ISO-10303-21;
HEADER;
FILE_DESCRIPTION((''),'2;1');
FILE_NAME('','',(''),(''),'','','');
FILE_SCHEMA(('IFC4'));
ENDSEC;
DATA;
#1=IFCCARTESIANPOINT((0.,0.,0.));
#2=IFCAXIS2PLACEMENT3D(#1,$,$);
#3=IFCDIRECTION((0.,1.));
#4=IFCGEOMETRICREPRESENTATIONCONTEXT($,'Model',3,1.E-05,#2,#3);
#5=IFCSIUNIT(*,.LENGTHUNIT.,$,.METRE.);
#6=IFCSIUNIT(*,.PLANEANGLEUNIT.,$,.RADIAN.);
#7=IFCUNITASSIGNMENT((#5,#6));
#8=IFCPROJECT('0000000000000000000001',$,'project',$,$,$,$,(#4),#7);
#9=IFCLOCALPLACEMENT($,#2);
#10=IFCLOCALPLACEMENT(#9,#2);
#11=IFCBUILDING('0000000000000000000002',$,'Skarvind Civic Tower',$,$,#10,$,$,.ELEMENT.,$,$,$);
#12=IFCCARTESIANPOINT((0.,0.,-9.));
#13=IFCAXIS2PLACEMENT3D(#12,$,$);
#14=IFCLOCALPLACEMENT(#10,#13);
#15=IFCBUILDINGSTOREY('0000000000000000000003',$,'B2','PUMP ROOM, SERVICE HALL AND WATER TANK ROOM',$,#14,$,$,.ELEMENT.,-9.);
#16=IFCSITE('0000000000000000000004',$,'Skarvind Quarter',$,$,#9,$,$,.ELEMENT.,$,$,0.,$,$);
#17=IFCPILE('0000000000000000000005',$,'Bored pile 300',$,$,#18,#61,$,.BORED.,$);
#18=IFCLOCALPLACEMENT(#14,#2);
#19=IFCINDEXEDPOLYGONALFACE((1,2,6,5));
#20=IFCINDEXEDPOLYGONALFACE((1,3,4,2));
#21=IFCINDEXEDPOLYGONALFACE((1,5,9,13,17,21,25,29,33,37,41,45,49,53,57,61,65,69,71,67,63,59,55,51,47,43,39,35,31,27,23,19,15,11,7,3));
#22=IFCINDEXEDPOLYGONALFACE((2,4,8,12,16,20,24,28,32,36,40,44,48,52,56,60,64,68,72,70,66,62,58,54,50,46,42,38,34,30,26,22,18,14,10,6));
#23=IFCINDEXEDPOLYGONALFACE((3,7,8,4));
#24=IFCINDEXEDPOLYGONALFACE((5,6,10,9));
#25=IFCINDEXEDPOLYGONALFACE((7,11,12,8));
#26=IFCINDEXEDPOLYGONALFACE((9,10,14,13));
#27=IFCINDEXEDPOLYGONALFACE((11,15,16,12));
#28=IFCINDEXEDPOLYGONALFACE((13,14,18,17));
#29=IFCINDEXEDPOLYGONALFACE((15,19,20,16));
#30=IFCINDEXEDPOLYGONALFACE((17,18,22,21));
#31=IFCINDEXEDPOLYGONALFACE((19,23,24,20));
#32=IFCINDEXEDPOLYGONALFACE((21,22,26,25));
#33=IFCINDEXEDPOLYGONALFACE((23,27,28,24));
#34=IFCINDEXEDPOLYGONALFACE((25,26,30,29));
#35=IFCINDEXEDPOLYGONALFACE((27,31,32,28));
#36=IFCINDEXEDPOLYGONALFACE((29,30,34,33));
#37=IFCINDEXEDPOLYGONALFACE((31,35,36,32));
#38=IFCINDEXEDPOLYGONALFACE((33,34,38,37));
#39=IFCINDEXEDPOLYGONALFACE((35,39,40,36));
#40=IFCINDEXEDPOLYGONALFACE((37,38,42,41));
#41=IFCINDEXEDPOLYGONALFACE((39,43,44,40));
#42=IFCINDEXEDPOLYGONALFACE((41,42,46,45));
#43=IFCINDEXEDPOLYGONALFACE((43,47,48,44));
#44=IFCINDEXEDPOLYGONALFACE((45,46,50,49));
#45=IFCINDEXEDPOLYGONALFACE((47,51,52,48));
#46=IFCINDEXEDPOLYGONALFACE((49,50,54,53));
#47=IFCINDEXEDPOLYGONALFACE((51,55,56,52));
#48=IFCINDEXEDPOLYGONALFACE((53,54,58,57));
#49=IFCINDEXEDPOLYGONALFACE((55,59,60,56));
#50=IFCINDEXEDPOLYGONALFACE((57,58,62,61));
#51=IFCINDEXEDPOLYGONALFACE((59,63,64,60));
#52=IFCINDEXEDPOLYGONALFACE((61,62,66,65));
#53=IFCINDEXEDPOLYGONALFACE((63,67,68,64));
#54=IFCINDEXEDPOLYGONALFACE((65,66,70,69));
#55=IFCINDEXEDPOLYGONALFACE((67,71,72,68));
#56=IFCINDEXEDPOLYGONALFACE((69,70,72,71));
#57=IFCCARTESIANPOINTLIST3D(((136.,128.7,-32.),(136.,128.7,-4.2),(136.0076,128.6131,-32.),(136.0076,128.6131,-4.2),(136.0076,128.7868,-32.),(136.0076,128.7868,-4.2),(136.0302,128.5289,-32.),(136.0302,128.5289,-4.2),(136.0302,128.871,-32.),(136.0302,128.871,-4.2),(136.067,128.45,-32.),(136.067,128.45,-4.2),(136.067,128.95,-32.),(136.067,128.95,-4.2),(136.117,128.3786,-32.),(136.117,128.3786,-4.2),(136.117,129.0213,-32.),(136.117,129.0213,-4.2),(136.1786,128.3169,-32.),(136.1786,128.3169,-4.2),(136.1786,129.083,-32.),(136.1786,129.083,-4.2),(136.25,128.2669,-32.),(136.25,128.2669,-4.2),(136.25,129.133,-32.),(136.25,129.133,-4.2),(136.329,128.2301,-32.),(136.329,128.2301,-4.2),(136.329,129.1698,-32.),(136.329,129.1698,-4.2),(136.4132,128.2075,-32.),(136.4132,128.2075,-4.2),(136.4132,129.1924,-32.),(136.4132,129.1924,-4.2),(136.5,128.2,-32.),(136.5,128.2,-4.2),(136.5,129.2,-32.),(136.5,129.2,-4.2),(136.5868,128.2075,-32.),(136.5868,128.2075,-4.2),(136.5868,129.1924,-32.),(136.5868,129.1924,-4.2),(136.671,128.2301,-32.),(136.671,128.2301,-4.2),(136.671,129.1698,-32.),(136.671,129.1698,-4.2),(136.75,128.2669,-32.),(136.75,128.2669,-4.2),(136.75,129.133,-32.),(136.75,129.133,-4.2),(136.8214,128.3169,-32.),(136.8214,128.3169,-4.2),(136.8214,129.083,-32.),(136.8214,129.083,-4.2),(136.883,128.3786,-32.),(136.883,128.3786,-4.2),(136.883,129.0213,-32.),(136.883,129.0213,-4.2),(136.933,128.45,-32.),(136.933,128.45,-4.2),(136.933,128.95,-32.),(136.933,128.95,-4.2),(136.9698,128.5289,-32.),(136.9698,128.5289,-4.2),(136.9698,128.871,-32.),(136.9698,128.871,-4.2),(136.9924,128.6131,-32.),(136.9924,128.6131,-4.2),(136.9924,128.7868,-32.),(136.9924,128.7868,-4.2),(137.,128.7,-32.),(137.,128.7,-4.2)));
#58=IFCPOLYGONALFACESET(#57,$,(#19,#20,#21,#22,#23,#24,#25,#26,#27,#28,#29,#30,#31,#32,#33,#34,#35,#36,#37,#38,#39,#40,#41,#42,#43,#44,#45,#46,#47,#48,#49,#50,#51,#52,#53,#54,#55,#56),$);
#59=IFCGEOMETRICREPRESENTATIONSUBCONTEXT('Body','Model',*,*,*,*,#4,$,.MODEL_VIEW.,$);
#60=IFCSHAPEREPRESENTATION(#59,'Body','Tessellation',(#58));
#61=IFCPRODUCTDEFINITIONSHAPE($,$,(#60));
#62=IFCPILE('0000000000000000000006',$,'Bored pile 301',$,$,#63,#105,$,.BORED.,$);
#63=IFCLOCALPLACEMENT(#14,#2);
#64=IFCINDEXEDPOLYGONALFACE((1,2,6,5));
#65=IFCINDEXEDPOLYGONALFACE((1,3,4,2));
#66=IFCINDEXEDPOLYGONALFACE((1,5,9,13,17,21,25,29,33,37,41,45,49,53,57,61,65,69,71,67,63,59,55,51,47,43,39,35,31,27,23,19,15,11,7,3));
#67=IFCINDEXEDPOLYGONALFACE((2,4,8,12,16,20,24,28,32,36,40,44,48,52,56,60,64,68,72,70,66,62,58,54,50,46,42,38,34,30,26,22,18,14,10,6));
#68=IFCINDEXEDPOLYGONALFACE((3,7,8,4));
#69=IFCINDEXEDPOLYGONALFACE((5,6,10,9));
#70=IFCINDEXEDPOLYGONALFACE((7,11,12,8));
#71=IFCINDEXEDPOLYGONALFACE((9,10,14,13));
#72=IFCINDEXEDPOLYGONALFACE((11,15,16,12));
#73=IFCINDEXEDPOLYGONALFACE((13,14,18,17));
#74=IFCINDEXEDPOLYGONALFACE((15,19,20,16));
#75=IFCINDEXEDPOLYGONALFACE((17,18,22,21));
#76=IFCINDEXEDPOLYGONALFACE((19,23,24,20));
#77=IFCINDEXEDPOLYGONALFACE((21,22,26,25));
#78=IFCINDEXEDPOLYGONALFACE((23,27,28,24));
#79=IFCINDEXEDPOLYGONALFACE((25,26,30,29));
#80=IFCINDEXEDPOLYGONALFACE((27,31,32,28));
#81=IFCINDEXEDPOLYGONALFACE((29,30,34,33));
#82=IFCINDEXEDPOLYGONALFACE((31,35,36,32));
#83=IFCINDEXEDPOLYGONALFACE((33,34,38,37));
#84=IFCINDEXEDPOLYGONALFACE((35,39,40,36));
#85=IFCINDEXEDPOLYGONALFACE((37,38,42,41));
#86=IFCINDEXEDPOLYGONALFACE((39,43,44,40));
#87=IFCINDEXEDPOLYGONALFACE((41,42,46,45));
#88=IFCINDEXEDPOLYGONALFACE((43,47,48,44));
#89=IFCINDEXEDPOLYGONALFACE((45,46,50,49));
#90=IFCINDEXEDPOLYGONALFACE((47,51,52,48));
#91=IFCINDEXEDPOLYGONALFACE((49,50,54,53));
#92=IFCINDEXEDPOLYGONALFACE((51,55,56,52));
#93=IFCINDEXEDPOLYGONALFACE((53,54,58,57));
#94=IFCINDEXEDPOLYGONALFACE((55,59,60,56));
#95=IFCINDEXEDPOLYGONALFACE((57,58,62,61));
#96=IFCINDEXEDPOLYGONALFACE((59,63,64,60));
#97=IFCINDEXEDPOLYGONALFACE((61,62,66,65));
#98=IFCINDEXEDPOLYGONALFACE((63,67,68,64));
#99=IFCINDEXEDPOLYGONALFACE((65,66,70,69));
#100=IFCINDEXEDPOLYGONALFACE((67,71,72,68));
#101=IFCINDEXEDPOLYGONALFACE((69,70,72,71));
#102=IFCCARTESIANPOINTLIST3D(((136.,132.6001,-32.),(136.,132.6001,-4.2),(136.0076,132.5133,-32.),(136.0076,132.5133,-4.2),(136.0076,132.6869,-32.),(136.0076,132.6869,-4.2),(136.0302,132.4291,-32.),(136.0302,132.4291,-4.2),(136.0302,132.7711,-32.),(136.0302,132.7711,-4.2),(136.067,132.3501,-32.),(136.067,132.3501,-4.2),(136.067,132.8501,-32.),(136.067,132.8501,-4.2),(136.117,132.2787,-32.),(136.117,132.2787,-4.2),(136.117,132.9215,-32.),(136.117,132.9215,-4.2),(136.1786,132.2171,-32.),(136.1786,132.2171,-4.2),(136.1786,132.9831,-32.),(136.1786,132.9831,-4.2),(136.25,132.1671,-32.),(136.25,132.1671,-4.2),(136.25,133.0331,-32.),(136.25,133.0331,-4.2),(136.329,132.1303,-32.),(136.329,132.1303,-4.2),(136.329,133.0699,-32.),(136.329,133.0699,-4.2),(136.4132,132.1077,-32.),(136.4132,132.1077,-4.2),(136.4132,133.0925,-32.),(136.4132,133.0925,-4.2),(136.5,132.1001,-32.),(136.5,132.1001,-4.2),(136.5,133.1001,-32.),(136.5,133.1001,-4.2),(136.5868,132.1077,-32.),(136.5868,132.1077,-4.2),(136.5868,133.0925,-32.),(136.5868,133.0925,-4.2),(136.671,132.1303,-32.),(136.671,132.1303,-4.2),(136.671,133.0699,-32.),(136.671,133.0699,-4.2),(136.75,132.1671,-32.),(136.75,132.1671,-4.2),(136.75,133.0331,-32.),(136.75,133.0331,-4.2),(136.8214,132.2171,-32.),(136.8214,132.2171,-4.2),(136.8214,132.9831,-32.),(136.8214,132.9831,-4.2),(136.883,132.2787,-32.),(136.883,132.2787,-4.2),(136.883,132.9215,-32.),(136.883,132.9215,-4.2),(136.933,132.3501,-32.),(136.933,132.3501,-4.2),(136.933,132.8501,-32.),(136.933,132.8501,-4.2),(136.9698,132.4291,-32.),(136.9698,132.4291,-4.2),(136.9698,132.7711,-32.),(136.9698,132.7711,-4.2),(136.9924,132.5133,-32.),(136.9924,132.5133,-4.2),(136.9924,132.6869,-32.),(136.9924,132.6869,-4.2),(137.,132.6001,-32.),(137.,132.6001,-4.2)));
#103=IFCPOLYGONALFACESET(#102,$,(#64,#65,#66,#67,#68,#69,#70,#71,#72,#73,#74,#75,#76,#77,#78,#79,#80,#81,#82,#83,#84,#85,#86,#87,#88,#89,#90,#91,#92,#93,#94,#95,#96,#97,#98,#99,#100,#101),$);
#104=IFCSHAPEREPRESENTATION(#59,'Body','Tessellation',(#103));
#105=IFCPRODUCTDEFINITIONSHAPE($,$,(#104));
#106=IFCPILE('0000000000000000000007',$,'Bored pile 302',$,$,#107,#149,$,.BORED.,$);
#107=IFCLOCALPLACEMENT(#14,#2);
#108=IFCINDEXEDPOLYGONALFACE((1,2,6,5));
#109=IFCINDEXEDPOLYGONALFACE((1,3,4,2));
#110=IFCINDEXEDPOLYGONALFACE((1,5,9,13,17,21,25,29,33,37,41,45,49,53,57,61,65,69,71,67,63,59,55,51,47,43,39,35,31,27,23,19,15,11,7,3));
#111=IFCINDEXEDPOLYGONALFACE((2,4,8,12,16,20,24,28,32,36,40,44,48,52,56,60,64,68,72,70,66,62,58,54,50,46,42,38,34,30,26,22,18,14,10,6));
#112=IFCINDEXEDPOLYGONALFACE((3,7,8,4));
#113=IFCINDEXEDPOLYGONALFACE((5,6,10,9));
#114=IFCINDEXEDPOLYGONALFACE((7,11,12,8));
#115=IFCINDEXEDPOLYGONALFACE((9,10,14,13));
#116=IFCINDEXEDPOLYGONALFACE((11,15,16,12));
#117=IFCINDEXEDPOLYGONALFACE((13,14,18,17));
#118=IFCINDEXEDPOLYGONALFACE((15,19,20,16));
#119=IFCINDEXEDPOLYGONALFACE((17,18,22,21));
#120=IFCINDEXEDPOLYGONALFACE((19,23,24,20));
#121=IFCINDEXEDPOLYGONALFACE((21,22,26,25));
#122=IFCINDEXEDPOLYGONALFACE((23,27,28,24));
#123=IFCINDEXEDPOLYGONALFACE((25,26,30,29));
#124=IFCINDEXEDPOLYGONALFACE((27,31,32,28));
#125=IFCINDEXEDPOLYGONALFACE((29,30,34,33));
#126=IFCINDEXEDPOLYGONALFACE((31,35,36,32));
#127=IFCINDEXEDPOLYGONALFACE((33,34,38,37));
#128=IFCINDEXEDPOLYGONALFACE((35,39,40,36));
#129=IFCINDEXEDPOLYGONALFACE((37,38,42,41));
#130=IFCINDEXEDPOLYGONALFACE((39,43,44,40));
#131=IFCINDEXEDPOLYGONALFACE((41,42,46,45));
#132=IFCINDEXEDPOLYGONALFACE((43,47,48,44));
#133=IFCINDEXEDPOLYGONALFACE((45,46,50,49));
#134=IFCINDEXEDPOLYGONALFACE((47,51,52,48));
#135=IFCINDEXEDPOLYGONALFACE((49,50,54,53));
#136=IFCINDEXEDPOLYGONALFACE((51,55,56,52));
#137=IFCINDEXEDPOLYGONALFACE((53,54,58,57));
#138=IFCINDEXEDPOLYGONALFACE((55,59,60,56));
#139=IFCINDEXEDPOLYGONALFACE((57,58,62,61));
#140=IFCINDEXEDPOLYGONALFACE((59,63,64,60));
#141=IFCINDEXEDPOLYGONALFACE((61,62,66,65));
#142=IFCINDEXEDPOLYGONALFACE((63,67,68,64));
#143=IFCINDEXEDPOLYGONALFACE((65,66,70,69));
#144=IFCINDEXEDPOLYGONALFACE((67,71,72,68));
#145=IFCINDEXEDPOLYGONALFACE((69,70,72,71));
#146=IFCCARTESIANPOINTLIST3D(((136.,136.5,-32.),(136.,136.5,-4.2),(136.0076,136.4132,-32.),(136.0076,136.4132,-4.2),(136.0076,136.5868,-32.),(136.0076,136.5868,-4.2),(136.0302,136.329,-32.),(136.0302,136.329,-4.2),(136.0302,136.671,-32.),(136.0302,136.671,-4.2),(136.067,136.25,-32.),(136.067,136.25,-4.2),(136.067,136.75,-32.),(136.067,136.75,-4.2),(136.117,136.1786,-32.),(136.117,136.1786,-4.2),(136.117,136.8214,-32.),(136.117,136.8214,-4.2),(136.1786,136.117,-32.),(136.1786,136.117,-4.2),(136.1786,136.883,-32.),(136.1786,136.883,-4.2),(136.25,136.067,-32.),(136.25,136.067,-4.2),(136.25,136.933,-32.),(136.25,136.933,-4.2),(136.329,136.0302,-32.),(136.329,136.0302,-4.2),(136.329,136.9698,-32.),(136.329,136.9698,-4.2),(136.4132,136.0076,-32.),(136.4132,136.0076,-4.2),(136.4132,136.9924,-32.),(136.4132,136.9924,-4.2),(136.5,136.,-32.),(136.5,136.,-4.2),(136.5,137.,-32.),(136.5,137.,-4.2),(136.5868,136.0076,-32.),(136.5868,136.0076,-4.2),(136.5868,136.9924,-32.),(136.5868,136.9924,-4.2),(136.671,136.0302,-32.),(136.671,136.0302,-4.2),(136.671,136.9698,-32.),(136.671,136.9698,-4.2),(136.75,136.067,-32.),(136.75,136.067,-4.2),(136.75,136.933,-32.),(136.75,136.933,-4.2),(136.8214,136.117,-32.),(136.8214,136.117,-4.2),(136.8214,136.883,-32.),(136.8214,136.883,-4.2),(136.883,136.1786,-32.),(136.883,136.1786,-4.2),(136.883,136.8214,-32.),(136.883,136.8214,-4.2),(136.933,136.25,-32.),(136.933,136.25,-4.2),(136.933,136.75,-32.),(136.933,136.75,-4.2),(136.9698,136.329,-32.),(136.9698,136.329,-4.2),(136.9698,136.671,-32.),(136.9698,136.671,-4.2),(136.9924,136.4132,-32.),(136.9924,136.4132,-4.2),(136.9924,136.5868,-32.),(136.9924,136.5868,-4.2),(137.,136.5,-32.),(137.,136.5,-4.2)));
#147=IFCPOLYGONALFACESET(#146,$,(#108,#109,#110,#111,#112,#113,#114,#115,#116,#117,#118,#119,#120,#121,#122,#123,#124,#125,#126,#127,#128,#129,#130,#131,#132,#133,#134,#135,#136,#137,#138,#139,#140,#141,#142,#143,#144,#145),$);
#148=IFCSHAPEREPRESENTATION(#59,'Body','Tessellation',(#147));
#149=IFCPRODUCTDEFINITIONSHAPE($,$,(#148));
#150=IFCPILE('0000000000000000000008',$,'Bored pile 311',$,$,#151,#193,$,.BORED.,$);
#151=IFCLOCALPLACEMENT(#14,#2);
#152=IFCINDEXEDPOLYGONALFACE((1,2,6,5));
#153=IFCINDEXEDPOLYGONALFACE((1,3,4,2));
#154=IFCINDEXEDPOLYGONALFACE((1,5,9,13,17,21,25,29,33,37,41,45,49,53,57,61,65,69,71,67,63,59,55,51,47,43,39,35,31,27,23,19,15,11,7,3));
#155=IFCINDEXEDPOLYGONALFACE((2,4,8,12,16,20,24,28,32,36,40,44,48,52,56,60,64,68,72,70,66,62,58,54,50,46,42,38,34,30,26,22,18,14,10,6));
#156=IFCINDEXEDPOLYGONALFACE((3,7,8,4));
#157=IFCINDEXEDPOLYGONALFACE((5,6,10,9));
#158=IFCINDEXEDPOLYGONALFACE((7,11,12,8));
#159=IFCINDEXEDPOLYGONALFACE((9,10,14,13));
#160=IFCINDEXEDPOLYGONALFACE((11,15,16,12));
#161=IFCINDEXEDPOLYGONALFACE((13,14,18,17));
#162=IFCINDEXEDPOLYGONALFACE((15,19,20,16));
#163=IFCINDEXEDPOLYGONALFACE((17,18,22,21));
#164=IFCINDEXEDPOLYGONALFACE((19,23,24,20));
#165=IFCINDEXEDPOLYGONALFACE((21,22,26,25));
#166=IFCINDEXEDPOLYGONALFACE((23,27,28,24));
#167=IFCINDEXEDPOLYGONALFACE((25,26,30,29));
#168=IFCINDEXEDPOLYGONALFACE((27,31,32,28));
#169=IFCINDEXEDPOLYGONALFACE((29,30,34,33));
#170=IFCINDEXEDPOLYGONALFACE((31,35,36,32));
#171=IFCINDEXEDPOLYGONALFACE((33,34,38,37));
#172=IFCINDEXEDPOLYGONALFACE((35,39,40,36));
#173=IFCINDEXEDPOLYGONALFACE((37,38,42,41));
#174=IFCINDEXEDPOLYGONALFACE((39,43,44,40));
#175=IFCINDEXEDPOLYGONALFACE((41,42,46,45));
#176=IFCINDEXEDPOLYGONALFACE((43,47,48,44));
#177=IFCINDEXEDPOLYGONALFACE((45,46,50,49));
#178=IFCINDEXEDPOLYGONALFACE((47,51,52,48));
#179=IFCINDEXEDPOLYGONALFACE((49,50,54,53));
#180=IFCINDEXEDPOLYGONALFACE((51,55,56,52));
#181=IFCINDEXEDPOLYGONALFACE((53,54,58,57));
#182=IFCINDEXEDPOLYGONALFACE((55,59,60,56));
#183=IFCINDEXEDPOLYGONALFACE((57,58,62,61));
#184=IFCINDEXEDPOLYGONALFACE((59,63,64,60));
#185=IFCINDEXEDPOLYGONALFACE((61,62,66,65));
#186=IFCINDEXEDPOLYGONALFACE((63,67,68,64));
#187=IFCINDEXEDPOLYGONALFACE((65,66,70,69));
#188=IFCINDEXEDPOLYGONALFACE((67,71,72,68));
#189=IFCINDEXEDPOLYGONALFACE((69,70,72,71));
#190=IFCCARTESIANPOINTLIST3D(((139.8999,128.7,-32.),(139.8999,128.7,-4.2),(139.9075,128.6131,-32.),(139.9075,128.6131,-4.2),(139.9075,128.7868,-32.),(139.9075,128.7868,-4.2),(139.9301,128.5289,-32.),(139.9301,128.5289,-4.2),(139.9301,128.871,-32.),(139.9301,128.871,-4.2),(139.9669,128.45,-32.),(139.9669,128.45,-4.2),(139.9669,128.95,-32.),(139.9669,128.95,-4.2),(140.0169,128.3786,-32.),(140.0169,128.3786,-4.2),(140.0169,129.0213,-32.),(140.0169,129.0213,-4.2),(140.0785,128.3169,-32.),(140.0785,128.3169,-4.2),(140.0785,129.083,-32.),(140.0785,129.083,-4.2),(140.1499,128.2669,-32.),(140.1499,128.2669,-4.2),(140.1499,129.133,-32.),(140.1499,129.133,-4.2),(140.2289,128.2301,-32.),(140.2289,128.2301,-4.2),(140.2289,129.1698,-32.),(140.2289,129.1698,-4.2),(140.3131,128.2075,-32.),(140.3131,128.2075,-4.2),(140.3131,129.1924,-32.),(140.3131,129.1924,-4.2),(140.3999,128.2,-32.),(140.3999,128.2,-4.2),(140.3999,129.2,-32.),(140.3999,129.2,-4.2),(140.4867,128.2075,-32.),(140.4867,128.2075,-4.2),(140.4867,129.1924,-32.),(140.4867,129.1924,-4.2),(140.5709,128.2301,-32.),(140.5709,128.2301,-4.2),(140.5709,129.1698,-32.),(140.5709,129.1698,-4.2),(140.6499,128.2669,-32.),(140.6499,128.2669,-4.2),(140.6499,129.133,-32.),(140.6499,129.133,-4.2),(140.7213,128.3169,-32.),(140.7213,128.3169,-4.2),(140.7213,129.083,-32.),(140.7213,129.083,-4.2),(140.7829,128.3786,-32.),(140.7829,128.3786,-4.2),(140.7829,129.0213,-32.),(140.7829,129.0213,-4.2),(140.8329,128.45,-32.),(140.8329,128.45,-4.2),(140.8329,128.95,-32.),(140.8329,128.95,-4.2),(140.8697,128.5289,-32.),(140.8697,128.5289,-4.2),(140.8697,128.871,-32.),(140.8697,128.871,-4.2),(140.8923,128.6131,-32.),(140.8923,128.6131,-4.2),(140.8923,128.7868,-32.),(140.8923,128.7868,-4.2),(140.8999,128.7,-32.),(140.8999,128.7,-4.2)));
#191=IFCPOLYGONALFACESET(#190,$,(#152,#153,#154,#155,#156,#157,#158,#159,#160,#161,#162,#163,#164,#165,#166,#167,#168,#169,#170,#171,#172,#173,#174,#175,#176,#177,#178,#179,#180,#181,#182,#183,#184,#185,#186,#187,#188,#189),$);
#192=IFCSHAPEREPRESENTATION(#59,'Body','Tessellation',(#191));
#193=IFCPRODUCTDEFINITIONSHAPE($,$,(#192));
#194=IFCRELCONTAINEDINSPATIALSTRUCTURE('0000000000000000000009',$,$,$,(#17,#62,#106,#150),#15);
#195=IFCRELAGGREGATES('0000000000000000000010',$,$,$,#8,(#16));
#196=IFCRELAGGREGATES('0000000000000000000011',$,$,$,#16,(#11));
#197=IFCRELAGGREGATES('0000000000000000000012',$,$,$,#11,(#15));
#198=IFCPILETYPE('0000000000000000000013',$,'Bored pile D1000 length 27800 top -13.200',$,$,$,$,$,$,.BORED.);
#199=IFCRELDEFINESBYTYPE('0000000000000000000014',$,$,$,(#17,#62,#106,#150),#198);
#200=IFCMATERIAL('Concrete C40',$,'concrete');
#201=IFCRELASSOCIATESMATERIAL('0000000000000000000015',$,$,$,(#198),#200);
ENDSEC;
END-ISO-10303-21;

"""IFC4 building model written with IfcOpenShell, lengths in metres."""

from ifc_helpers import new_model, si_unit, direction, frame, origin, origin_2d, place, context, subcontext, project, spatial, circle, extrude, material, type_object, element, save


model = new_model("IFC4")

# Units and contexts
model_context = context("Model", 3, precision=1e-05, world=origin(), true_north=direction((0.0, 1.0)))
body_context = subcontext(model_context, "Body", "Model", "MODEL_VIEW")
ifc_project = project(units=[si_unit("LENGTHUNIT", "METRE"), si_unit("PLANEANGLEUNIT", "RADIAN")], contexts=[model_context])

# Site, building, storey
site_placement = place(None, origin())
site = spatial("IfcSite", under=ifc_project, at=site_placement, Name="Skarvind Quarter", CompositionType="ELEMENT", RefElevation=0.0)
building_placement = place(site_placement, origin())
building = spatial("IfcBuilding", under=site, at=building_placement, Name="Skarvind Civic Tower", CompositionType="ELEMENT")
storey_placement = place(building_placement, frame((0.0, 0.0, -9.0)))
storey = spatial("IfcBuildingStorey", under=building, at=storey_placement, Name="B2", Description="PUMP ROOM, SERVICE HALL AND WATER TANK ROOM", CompositionType="ELEMENT", Elevation=-9.0)

# Piles
ifc_material_1 = material(Name="Concrete C40", Category="concrete")
pile_type_1 = type_object("IfcPileType", Name="Bored pile D1000 length 27800 top -13.200", PredefinedType="BORED", material=ifc_material_1)
for number, where, z_axis, x_axis, name in (
    (1, (136.5, 128.7, -4.2), (0.0, 0.0, -1.0), (1.0, 0.0, 0.0), "Bored pile 300"),
    (2, (136.5, 132.6001, -4.2), (0.0, 0.0, -1.0), (1.0, 0.0, 0.0), "Bored pile 301"),
    (3, (136.5, 136.5, -4.2), (0.0, 0.0, -1.0), (1.0, 0.0, 0.0), "Bored pile 302"),
    (4, (140.3999, 128.7, -4.2), (0.0, 0.0, -1.0), (1.0, 0.0, 0.0), "Bored pile 311"),
):
    element("IfcPile", number, at=place(storey_placement, frame(where, z_axis=z_axis, x_axis=x_axis)), inside=storey, type_object=pile_type_1, Name=name, PredefinedType="BORED", context=body_context, shape_type="SweptSolid", body=[
        extrude(circle(Radius=0.5, at=origin_2d()), origin(), (0.0, 0.0, 1.0), 27.8),
    ])

save(model, "model.ifc")
